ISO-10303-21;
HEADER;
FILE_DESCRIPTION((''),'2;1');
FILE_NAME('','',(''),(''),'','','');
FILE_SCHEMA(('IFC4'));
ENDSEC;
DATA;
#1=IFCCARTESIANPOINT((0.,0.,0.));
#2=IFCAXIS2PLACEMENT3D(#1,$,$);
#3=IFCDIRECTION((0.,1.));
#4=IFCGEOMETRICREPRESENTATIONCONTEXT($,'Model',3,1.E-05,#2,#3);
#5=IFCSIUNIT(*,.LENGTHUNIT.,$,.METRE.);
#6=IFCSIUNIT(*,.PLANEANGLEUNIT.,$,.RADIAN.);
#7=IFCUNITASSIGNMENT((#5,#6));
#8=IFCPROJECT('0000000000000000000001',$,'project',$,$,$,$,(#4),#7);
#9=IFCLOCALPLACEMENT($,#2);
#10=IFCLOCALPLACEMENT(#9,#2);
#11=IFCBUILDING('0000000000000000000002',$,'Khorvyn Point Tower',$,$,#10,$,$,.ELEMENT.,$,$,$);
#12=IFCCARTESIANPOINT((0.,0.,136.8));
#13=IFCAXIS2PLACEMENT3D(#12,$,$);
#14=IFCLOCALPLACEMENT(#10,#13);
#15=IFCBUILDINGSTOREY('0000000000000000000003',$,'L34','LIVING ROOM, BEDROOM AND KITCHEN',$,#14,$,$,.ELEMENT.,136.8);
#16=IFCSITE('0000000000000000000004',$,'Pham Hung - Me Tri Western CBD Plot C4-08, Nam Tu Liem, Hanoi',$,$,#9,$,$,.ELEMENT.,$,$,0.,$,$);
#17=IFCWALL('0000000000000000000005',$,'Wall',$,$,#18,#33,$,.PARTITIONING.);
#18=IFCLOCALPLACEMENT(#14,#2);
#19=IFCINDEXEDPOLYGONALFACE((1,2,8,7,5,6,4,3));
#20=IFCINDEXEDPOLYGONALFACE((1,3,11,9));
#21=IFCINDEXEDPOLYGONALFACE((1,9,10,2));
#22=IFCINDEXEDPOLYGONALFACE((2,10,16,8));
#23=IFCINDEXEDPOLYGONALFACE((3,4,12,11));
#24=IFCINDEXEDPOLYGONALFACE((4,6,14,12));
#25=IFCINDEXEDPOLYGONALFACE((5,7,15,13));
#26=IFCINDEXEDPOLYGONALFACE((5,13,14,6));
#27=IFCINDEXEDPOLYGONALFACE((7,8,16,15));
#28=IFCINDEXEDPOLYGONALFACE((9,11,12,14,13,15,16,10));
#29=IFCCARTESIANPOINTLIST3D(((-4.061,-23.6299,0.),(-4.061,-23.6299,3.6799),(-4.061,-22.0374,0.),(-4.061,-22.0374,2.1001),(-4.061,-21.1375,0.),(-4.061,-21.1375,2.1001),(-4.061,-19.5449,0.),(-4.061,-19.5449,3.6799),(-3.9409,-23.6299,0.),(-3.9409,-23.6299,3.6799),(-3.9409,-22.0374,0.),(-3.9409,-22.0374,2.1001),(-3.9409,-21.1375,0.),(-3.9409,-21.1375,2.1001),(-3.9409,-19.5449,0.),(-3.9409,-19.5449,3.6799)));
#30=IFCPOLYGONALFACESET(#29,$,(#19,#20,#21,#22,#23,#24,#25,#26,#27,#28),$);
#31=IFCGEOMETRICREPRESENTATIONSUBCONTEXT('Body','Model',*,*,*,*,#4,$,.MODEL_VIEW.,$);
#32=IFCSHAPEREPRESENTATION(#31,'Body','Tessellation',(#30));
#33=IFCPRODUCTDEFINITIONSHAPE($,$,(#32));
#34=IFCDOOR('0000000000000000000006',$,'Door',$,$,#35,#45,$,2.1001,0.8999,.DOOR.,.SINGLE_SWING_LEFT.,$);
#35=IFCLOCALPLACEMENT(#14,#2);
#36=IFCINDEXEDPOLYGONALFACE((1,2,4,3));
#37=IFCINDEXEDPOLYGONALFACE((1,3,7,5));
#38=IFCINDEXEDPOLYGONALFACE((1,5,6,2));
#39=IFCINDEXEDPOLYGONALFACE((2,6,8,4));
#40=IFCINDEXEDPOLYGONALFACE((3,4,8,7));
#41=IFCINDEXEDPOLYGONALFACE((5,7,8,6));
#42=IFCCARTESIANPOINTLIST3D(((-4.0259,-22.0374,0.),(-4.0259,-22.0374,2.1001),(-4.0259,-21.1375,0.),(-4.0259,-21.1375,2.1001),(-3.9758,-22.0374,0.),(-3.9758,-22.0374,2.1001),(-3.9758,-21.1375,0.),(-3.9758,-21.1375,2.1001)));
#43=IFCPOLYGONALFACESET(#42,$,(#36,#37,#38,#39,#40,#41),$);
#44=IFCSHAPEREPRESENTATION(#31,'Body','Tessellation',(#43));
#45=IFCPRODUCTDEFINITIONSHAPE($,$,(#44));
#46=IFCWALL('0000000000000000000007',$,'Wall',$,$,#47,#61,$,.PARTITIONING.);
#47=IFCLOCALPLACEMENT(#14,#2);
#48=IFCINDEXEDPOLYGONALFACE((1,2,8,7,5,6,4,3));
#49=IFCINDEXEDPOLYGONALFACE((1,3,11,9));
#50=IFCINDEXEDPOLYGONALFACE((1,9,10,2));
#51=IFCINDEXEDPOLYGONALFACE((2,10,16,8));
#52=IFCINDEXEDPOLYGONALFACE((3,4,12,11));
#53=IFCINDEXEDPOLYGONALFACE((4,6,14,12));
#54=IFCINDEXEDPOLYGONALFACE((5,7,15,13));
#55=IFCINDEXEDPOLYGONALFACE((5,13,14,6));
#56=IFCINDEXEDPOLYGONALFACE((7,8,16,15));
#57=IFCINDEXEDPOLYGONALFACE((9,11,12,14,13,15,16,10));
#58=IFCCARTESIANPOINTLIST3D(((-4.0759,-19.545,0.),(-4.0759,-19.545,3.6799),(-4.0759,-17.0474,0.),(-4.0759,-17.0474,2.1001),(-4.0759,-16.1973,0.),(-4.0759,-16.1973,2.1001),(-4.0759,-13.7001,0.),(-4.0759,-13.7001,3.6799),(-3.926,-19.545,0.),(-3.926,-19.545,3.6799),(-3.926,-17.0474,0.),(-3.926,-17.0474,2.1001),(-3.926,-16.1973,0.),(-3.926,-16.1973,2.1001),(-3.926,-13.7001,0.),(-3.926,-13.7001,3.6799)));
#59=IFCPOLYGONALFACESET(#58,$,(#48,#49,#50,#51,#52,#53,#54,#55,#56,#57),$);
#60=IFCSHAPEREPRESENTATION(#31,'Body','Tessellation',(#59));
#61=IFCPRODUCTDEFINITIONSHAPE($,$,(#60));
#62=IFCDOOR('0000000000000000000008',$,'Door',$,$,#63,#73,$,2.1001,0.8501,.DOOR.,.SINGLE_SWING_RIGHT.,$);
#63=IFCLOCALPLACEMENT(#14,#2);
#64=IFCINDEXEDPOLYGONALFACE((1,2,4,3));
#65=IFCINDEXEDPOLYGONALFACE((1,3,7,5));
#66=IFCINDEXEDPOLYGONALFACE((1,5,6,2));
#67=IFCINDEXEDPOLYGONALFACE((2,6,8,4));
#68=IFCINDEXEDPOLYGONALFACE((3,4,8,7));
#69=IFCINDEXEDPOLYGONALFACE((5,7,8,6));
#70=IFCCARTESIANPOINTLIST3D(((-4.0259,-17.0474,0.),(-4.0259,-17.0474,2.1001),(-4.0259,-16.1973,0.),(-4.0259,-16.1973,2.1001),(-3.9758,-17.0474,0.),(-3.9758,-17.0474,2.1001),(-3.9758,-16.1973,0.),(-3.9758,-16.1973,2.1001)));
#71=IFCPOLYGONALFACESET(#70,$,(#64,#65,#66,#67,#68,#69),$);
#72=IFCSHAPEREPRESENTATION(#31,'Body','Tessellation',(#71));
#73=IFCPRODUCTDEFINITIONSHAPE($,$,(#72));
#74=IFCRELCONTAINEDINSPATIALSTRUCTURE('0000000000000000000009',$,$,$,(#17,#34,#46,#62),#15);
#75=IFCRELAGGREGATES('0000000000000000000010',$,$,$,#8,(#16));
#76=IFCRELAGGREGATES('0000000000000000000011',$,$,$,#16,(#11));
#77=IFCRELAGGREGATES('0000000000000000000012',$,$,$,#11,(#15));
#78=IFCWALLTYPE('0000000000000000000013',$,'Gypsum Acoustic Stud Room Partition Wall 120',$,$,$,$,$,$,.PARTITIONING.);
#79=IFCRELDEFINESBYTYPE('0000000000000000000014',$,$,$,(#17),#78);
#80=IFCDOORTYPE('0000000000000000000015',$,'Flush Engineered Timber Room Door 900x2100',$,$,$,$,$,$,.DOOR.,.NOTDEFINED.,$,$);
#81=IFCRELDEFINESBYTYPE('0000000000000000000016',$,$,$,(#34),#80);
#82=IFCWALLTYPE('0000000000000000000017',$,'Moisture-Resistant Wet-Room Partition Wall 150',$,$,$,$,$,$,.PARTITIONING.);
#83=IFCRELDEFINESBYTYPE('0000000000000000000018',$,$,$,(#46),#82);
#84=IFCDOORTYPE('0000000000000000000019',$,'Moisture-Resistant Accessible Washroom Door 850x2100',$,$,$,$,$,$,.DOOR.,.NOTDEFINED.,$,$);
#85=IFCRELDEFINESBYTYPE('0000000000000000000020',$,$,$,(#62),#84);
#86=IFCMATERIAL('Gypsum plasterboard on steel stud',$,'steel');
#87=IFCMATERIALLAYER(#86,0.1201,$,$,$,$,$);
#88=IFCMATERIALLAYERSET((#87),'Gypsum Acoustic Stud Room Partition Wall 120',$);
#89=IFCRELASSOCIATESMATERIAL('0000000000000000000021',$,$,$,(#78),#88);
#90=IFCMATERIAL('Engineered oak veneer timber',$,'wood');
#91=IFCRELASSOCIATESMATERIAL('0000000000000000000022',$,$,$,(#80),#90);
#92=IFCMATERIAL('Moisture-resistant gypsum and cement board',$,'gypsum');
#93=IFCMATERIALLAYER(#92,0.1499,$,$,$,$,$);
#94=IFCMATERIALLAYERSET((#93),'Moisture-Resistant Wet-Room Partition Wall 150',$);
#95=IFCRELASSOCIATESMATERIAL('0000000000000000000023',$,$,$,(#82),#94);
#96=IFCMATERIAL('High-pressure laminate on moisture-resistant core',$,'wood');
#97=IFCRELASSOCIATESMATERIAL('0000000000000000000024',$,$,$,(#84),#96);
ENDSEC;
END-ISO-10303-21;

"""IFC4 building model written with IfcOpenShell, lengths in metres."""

from ifc_helpers import new_model, si_unit, direction, frame, frame_2d, origin, place, context, subcontext, project, spatial, rectangle, extrude, material, layer, layer_set, type_object, element, fill, save


model = new_model("IFC4")

# Units and contexts
model_context = context("Model", 3, precision=1e-05, world=origin(), true_north=direction((0.0, 1.0)))
body_context = subcontext(model_context, "Body", "Model", "MODEL_VIEW")
ifc_project = project(units=[si_unit("LENGTHUNIT", "METRE"), si_unit("PLANEANGLEUNIT", "RADIAN")], contexts=[model_context])

# Site, building, storey
site_placement = place(None, origin())
site = spatial("IfcSite", under=ifc_project, at=site_placement, Name="Pham Hung - Me Tri Western CBD Plot C4-08, Nam Tu Liem, Hanoi", CompositionType="ELEMENT", RefElevation=0.0)
building_placement = place(site_placement, origin())
building = spatial("IfcBuilding", under=site, at=building_placement, Name="Khorvyn Point Tower", CompositionType="ELEMENT")
storey_placement = place(building_placement, frame((0.0, 0.0, 136.8)))
storey = spatial("IfcBuildingStorey", under=building, at=storey_placement, Name="L34", Description="LIVING ROOM, BEDROOM AND KITCHEN", CompositionType="ELEMENT", Elevation=136.8)

# Walls, openings, doors
ifc_material_1 = material(Name="Gypsum plasterboard on steel stud", Category="steel")
ifc_layer_1 = layer(ifc_material_1, 0.1201)
ifc_layer_set_1 = layer_set([ifc_layer_1], Name="Gypsum Acoustic Stud Room Partition Wall 120")
wall_type_1 = type_object("IfcWallType", Name="Gypsum Acoustic Stud Room Partition Wall 120", PredefinedType="PARTITIONING", material=ifc_layer_set_1)
wall_1_placement = place(storey_placement, frame((-4.001, -23.6299, 0.0), z_axis=(0.0, 0.0, 1.0), x_axis=(0.0, 1.0, 0.0)))
wall_1 = element("IfcWall", 1, at=wall_1_placement, inside=storey, type_object=wall_type_1, Name="Wall", PredefinedType="PARTITIONING", context=body_context, shape_type="SweptSolid", body=[
    extrude(rectangle(XDim=4.085, YDim=0.1201, at=frame_2d((2.0425, 0.0))), origin(), (0.0, 0.0, 1.0), 3.6799),
])
opening_1_placement = place(wall_1_placement, frame((1.5925, 0.0, 0.0)))
opening_1 = element("IfcOpeningElement", 2, at=opening_1_placement, cuts=wall_1, PredefinedType="OPENING", context=body_context, shape_type="SweptSolid", body=[
    extrude(rectangle(XDim=0.8999, YDim=2.1001, at=frame_2d((0.45, 1.05))), frame((0.0, 0.0701, 0.0), z_axis=(0.0, -1.0, 0.0), x_axis=(1.0, 0.0, 0.0)), (0.0, 0.0, 1.0), 0.1401),
])
ifc_material_2 = material(Name="Engineered oak veneer timber", Category="wood")
door_type_1 = type_object("IfcDoorType", Name="Flush Engineered Timber Room Door 900x2100", OperationType="NOTDEFINED", PredefinedType="DOOR", material=ifc_material_2)
door_1_placement = place(opening_1_placement, origin())
door_1 = element("IfcDoor", 3, at=door_1_placement, inside=storey, type_object=door_type_1, Name="Door", OperationType="SINGLE_SWING_LEFT", OverallHeight=2.1001, OverallWidth=0.8999, PredefinedType="DOOR", context=body_context, shape_type="SweptSolid", body=[
    extrude(rectangle(XDim=0.8999, YDim=2.1001, at=frame_2d((0.45, 1.05))), frame((0.0, 0.0249, 0.0), z_axis=(0.0, -1.0, 0.0), x_axis=(1.0, 0.0, 0.0)), (0.0, 0.0, 1.0), 0.05),
])
fill(opening_1, door_1)
ifc_material_3 = material(Name="Moisture-resistant gypsum and cement board", Category="gypsum")
ifc_layer_2 = layer(ifc_material_3, 0.1499)
ifc_layer_set_2 = layer_set([ifc_layer_2], Name="Moisture-Resistant Wet-Room Partition Wall 150")
wall_type_2 = type_object("IfcWallType", Name="Moisture-Resistant Wet-Room Partition Wall 150", PredefinedType="PARTITIONING", material=ifc_layer_set_2)
wall_2_placement = place(storey_placement, frame((-4.001, -19.5449, 0.0), z_axis=(0.0, 0.0, 1.0), x_axis=(0.0, 1.0, 0.0)))
wall_2 = element("IfcWall", 4, at=wall_2_placement, inside=storey, type_object=wall_type_2, Name="Wall", PredefinedType="PARTITIONING", context=body_context, shape_type="SweptSolid", body=[
    extrude(rectangle(XDim=5.845, YDim=0.1499, at=frame_2d((2.9224, 0.0))), origin(), (0.0, 0.0, 1.0), 3.6799),
])
opening_2_placement = place(wall_2_placement, frame((2.4976, 0.0, 0.0)))
opening_2 = element("IfcOpeningElement", 5, at=opening_2_placement, cuts=wall_2, PredefinedType="OPENING", context=body_context, shape_type="SweptSolid", body=[
    extrude(rectangle(XDim=0.8501, YDim=2.1001, at=frame_2d((0.425, 1.05))), frame((0.0, 0.085, 0.0), z_axis=(0.0, -1.0, 0.0), x_axis=(1.0, 0.0, 0.0)), (0.0, 0.0, 1.0), 0.1699),
])
ifc_material_4 = material(Name="High-pressure laminate on moisture-resistant core", Category="wood")
door_type_2 = type_object("IfcDoorType", Name="Moisture-Resistant Accessible Washroom Door 850x2100", OperationType="NOTDEFINED", PredefinedType="DOOR", material=ifc_material_4)
door_2_placement = place(opening_2_placement, origin())
door_2 = element("IfcDoor", 6, at=door_2_placement, inside=storey, type_object=door_type_2, Name="Door", OperationType="SINGLE_SWING_RIGHT", OverallHeight=2.1001, OverallWidth=0.8501, PredefinedType="DOOR", context=body_context, shape_type="SweptSolid", body=[
    extrude(rectangle(XDim=0.8501, YDim=2.1001, at=frame_2d((0.425, 1.05))), frame((0.0, 0.0249, 0.0), z_axis=(0.0, -1.0, 0.0), x_axis=(1.0, 0.0, 0.0)), (0.0, 0.0, 1.0), 0.05),
])
fill(opening_2, door_2)

save(model, "model.ifc")
